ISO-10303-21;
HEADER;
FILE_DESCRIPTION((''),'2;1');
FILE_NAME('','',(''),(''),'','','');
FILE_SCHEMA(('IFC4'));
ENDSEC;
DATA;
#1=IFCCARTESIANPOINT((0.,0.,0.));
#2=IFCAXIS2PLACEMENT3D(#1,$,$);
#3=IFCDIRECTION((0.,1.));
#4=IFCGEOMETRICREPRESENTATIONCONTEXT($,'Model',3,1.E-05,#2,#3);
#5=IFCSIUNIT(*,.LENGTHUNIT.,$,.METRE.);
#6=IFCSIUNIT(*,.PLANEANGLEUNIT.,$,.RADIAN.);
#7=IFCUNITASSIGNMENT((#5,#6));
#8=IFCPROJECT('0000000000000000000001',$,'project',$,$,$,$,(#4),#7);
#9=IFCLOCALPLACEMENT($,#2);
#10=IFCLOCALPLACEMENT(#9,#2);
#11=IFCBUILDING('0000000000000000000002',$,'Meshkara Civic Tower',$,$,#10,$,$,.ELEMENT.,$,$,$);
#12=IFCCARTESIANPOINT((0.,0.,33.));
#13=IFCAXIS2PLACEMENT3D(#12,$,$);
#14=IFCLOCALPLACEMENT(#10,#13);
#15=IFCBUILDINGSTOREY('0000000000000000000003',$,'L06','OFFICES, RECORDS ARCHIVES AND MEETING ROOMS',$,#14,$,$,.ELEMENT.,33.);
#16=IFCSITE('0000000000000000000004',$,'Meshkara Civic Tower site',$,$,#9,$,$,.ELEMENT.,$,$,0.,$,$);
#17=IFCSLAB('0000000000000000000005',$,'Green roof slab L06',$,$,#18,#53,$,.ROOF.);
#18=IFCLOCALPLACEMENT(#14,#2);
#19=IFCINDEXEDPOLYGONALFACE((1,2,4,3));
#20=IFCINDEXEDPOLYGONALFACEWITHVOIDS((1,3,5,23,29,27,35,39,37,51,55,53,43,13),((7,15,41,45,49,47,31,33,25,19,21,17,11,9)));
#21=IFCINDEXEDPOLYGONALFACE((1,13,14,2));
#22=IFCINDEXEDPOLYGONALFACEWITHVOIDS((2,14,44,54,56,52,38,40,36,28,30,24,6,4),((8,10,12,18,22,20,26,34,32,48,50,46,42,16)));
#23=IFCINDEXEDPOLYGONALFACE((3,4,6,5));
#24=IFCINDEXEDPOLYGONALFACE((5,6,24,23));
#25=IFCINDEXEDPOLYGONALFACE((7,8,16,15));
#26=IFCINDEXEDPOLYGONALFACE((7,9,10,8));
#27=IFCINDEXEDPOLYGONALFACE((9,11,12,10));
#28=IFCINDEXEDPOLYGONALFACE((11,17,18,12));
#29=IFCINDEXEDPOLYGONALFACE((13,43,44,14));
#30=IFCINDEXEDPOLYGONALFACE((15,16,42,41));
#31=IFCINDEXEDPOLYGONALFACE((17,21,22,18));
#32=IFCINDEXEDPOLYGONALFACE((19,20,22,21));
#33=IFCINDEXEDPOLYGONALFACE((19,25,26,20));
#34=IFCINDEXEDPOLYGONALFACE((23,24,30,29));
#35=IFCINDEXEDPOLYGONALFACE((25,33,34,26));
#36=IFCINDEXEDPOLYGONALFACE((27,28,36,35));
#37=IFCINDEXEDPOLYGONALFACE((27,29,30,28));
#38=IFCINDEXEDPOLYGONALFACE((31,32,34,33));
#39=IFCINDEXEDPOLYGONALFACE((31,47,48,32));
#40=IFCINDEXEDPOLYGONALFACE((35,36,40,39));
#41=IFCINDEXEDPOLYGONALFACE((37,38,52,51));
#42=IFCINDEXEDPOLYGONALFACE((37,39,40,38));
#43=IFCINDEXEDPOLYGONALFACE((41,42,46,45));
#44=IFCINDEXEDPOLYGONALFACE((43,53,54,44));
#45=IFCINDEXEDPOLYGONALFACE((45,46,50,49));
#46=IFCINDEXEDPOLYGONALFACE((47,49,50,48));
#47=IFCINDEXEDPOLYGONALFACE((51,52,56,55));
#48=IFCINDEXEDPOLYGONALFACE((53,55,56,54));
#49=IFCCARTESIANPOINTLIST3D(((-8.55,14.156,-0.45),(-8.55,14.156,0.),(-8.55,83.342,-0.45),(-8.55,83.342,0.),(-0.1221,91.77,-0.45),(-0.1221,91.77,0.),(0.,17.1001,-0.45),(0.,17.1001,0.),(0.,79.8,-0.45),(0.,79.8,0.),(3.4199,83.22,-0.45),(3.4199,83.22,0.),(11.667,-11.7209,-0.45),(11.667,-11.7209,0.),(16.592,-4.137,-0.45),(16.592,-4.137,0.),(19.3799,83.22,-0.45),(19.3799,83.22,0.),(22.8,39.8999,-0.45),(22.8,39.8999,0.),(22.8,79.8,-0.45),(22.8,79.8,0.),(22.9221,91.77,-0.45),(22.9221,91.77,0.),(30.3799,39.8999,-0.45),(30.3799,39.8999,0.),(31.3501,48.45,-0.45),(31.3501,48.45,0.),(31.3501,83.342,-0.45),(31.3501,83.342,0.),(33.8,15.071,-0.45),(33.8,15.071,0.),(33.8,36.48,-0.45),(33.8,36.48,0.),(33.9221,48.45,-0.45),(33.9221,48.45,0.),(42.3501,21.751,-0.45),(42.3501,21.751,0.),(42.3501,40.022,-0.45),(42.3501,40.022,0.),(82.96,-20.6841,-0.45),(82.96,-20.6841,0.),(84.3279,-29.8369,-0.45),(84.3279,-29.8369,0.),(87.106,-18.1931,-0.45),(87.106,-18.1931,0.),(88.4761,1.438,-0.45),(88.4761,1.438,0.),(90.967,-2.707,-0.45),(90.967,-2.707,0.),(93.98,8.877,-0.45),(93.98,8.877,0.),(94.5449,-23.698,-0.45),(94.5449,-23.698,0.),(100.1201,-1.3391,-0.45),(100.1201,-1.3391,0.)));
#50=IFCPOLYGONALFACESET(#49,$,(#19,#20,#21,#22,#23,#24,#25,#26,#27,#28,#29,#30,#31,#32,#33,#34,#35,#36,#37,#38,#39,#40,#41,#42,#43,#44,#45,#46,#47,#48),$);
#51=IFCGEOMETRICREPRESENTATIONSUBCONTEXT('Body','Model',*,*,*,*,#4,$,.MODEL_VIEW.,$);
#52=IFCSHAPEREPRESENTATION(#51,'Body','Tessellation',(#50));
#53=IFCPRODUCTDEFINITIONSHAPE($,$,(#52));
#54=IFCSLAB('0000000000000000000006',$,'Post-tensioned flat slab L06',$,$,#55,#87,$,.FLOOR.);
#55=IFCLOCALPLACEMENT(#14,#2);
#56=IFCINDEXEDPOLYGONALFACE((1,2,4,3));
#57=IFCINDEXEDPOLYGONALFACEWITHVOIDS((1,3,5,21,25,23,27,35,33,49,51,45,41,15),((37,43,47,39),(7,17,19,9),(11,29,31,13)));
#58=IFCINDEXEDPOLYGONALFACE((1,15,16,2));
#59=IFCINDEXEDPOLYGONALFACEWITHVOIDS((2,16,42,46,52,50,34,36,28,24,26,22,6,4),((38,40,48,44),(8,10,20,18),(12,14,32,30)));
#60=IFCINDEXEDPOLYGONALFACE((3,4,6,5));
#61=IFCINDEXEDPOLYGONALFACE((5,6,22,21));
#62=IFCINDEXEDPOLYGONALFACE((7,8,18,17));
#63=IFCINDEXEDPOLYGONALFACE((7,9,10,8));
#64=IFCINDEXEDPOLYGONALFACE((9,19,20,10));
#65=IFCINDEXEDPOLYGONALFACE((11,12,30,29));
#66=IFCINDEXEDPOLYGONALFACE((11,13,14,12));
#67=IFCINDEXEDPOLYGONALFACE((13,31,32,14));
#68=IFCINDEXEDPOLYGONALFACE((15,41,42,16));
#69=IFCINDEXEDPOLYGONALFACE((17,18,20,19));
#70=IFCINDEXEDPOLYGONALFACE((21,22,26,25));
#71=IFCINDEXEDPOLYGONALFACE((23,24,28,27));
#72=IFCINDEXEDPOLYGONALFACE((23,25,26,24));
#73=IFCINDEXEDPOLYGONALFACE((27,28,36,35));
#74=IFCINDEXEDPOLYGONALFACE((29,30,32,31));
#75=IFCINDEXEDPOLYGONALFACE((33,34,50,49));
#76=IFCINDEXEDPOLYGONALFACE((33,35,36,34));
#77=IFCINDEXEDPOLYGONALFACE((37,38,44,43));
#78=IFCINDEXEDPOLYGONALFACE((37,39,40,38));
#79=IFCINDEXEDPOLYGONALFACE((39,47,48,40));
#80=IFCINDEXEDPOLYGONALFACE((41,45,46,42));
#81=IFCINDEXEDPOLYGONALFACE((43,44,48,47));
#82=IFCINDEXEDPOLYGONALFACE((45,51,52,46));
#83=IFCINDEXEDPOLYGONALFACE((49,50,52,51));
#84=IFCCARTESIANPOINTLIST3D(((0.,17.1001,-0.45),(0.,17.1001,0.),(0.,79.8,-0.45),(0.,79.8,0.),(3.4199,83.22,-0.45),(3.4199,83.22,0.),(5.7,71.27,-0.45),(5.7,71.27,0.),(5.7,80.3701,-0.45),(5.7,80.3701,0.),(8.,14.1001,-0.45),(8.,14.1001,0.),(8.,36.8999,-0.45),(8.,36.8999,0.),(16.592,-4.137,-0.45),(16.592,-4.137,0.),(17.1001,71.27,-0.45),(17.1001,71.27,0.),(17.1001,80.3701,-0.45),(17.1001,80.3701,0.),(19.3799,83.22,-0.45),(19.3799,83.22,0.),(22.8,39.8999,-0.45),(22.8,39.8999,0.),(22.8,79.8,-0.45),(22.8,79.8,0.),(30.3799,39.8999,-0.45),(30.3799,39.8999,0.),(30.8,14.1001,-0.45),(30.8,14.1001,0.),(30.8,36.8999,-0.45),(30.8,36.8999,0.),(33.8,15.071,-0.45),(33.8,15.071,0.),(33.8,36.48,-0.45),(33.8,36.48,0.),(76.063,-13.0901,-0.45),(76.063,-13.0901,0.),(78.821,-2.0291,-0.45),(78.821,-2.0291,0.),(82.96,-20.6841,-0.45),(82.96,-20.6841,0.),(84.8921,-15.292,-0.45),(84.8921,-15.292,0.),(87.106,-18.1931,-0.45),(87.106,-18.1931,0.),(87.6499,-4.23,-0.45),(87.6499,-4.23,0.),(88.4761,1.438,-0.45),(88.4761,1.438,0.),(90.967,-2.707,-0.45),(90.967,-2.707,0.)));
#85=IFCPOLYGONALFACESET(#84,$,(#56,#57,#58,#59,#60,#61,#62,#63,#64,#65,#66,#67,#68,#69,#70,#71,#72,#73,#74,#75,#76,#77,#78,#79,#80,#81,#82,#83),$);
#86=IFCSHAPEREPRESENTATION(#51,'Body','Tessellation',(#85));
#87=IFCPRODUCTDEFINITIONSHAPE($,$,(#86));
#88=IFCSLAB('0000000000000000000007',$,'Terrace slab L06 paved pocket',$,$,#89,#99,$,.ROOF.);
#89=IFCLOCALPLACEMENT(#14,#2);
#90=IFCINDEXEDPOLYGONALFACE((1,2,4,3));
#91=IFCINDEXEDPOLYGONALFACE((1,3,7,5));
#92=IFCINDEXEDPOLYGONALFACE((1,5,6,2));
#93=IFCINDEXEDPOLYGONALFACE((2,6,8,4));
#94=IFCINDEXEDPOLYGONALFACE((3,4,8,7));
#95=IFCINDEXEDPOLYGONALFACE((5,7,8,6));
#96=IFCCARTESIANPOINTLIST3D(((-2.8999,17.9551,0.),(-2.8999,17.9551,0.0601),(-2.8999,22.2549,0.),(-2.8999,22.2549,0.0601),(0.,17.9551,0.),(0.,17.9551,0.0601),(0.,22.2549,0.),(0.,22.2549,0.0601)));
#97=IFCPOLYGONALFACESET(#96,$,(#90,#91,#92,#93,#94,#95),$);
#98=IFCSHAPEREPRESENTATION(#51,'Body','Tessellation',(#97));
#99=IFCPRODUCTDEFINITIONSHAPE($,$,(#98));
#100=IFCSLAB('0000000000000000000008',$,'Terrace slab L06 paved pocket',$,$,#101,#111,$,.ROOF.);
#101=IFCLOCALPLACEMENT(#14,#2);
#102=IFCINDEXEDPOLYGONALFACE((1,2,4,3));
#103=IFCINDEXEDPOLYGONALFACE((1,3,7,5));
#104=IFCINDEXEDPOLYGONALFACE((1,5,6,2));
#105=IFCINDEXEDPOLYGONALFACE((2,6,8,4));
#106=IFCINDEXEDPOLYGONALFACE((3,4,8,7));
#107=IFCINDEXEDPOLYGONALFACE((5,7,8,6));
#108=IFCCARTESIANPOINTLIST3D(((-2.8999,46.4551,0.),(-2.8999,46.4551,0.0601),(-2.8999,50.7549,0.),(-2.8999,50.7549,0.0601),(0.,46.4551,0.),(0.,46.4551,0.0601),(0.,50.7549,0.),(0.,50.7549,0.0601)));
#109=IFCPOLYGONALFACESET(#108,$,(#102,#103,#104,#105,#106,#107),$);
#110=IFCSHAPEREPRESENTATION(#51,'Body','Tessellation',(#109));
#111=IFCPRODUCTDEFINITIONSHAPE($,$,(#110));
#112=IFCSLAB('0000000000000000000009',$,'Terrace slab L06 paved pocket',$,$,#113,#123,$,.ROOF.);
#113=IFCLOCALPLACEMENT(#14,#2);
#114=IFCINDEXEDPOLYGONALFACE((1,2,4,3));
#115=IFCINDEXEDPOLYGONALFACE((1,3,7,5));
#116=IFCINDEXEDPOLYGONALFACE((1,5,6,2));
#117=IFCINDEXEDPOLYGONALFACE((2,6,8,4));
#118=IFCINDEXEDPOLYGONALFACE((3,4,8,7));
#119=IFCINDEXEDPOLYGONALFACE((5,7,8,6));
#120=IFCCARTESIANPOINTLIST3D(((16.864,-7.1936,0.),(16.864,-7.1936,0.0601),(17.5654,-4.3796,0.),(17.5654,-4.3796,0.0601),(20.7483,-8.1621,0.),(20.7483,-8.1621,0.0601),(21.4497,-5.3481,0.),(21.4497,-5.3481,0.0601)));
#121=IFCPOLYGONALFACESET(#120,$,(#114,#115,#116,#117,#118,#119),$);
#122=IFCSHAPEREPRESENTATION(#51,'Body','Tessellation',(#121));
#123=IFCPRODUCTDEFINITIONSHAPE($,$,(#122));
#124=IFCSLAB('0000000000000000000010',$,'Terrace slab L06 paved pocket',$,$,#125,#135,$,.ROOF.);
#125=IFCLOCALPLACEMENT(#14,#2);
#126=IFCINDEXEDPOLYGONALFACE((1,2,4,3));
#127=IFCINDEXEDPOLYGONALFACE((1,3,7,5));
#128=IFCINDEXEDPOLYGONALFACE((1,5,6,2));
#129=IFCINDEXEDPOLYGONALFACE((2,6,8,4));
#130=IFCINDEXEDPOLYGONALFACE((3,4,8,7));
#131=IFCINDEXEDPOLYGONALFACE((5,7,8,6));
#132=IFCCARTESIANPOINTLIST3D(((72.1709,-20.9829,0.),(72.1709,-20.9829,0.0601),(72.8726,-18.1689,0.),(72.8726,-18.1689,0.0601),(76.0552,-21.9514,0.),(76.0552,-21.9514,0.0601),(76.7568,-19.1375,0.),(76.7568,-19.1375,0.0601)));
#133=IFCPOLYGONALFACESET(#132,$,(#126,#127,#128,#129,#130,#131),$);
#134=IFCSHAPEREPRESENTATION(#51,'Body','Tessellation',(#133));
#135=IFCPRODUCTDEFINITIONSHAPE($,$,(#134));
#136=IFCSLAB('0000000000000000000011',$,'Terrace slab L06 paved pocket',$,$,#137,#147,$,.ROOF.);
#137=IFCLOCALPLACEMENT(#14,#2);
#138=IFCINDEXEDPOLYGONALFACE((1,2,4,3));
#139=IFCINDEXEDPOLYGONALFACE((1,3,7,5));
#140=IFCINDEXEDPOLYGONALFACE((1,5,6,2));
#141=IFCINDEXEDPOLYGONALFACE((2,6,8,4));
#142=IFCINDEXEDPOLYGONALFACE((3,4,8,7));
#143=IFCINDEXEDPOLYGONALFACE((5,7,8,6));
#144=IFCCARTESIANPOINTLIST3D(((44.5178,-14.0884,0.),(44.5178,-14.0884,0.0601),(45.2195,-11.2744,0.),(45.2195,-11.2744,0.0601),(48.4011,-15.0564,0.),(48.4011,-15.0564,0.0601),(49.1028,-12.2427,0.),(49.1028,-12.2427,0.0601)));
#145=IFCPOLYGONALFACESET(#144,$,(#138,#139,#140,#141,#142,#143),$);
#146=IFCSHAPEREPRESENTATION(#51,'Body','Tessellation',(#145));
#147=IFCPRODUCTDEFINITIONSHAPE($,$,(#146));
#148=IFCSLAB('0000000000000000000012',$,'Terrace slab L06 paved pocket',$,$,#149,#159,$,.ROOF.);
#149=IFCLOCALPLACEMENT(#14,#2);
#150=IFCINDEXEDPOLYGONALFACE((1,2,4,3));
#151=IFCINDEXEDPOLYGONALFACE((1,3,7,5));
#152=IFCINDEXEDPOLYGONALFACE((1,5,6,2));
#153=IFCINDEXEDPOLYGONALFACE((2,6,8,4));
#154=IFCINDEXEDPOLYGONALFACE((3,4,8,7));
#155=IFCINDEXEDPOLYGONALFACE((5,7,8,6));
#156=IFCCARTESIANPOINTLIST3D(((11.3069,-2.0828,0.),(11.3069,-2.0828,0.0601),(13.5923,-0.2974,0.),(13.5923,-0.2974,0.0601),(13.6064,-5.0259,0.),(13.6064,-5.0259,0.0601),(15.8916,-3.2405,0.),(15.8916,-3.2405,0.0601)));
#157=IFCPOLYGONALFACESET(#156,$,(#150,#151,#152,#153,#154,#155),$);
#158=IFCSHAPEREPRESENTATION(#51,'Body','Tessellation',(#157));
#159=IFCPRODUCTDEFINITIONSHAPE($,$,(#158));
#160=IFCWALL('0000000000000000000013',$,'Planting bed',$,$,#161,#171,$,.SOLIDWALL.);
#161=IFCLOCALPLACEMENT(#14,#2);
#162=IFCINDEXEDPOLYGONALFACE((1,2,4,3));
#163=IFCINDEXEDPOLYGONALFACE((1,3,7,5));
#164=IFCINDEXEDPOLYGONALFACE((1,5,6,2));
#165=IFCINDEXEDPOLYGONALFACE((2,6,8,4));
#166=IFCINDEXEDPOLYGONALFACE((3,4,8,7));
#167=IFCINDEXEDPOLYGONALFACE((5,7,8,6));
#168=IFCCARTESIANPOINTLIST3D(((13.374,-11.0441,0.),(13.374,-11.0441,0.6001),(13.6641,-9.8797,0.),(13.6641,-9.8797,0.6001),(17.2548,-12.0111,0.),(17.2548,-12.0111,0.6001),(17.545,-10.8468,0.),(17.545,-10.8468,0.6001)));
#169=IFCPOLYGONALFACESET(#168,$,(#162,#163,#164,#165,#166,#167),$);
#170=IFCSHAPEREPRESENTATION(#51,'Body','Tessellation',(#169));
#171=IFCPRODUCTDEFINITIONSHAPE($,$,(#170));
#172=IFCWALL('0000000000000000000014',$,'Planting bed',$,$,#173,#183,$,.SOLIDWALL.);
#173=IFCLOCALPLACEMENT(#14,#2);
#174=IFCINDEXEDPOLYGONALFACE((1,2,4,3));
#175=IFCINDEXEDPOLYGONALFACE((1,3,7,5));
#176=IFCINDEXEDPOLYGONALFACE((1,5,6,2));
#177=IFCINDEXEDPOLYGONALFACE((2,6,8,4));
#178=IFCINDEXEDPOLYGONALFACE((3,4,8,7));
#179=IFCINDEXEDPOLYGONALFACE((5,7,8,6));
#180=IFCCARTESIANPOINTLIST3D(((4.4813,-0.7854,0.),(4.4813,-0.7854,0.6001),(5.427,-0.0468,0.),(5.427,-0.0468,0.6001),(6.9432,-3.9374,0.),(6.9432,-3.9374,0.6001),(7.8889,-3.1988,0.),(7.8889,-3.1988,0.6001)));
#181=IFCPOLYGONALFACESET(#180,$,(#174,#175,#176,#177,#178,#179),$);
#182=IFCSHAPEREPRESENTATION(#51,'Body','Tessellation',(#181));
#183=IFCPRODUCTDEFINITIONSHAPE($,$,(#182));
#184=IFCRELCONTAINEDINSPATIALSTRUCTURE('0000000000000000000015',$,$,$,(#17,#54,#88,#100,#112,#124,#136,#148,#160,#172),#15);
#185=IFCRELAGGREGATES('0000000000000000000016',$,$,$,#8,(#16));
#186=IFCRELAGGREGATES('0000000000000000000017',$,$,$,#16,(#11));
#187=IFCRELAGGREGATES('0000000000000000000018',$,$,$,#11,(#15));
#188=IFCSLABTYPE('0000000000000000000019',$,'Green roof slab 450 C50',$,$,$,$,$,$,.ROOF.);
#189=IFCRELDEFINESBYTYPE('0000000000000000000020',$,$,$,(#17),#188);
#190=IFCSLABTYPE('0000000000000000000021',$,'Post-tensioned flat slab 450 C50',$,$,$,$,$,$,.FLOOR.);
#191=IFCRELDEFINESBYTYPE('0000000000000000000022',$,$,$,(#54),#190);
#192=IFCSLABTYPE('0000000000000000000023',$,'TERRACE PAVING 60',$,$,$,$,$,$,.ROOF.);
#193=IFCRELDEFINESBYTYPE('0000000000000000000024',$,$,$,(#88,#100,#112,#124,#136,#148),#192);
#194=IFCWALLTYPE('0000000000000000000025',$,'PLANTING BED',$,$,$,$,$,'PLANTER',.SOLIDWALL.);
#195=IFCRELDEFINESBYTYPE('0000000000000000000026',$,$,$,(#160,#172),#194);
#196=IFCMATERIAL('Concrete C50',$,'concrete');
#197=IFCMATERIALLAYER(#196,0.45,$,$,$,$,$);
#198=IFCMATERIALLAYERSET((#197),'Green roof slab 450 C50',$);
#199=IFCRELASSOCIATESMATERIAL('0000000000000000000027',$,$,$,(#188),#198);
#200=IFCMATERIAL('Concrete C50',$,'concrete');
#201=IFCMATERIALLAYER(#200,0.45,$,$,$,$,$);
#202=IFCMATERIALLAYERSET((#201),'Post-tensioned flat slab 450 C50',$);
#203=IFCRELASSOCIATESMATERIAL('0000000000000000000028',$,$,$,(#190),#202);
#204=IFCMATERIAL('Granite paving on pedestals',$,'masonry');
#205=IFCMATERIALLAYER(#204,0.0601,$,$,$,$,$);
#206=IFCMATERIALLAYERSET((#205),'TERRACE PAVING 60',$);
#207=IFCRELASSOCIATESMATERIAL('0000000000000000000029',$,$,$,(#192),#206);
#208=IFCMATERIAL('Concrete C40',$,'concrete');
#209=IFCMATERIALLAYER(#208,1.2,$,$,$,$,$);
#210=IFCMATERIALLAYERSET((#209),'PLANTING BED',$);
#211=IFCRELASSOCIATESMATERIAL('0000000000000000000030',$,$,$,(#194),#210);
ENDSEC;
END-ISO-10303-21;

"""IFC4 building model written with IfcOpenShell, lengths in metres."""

from ifc_helpers import new_model, si_unit, direction, frame, frame_2d, origin, place, context, subcontext, project, spatial, polyline, rectangle, outline, extrude, material, layer, layer_set, type_object, element, save


model = new_model("IFC4")

# Units and contexts
model_context = context("Model", 3, precision=1e-05, world=origin(), true_north=direction((0.0, 1.0)))
body_context = subcontext(model_context, "Body", "Model", "MODEL_VIEW")
ifc_project = project(units=[si_unit("LENGTHUNIT", "METRE"), si_unit("PLANEANGLEUNIT", "RADIAN")], contexts=[model_context])

# Site, building, storey
site_placement = place(None, origin())
site = spatial("IfcSite", under=ifc_project, at=site_placement, Name="Meshkara Civic Tower site", CompositionType="ELEMENT", RefElevation=0.0)
building_placement = place(site_placement, origin())
building = spatial("IfcBuilding", under=site, at=building_placement, Name="Meshkara Civic Tower", CompositionType="ELEMENT")
storey_placement = place(building_placement, frame((0.0, 0.0, 33.0)))
storey = spatial("IfcBuildingStorey", under=building, at=storey_placement, Name="L06", Description="OFFICES, RECORDS ARCHIVES AND MEETING ROOMS", CompositionType="ELEMENT", Elevation=33.0)

# Slabs
ifc_material_1 = material(Name="Concrete C50", Category="concrete")
ifc_layer_1 = layer(ifc_material_1, 0.45)
ifc_layer_set_1 = layer_set([ifc_layer_1], Name="Green roof slab 450 C50")
slab_type_1 = type_object("IfcSlabType", Name="Green roof slab 450 C50", PredefinedType="ROOF", material=ifc_layer_set_1)
slab_1_placement = place(storey_placement, frame((0.0, 0.0, -0.45)))
element("IfcSlab", 1, at=slab_1_placement, inside=storey, type_object=slab_type_1, Name="Green roof slab L06", PredefinedType="ROOF", context=body_context, shape_type="SweptSolid", body=[
    extrude(outline(polyline([(33.9221, 48.45), (42.3501, 40.022), (42.3501, 21.751), (93.98, 8.877), (100.1201, -1.3391), (94.5449, -23.698), (84.3279, -29.8369), (11.667, -11.7209), (-8.55, 14.156), (-8.55, 83.342), (-0.1221, 91.77), (22.9221, 91.77), (31.3501, 83.342), (31.3501, 48.45), (33.9221, 48.45)]), holes=[polyline([(30.3799, 39.8999), (22.8, 39.8999), (22.8, 79.8), (19.3799, 83.22), (3.4199, 83.22), (0.0, 79.8), (0.0, 17.1001), (16.592, -4.137), (82.96, -20.6841), (87.106, -18.1931), (90.967, -2.707), (88.4761, 1.438), (33.8, 15.071), (33.8, 36.48), (30.3799, 39.8999)])]), origin(), (0.0, 0.0, 1.0), 0.45),
])
ifc_material_2 = material(Name="Concrete C50", Category="concrete")
ifc_layer_2 = layer(ifc_material_2, 0.45)
ifc_layer_set_2 = layer_set([ifc_layer_2], Name="Post-tensioned flat slab 450 C50")
slab_type_2 = type_object("IfcSlabType", Name="Post-tensioned flat slab 450 C50", PredefinedType="FLOOR", material=ifc_layer_set_2)
slab_2_placement = place(storey_placement, frame((0.0, 0.0, -0.45)))
element("IfcSlab", 2, at=slab_2_placement, inside=storey, type_object=slab_type_2, Name="Post-tensioned flat slab L06", PredefinedType="FLOOR", context=body_context, shape_type="SweptSolid", body=[
    extrude(outline(polyline([(87.106, -18.1931), (82.96, -20.6841), (16.592, -4.137), (0.0, 17.1001), (0.0, 79.8), (3.4199, 83.22), (19.3799, 83.22), (22.8, 79.8), (22.8, 39.8999), (30.3799, 39.8999), (33.8, 36.48), (33.8, 15.071), (88.4761, 1.438), (90.967, -2.707), (87.106, -18.1931)]), holes=[polyline([(84.8921, -15.292), (87.6499, -4.23), (78.821, -2.0291), (76.063, -13.0901), (84.8921, -15.292)]), polyline([(8.0, 14.1001), (30.8, 14.1001), (30.8, 36.8999), (8.0, 36.8999), (8.0, 14.1001)]), polyline([(5.7, 80.3701), (5.7, 71.27), (17.1001, 71.27), (17.1001, 80.3701), (5.7, 80.3701)])]), origin(), (0.0, 0.0, 1.0), 0.45),
])
ifc_material_3 = material(Name="Granite paving on pedestals", Category="masonry")
ifc_layer_3 = layer(ifc_material_3, 0.0601)
ifc_layer_set_3 = layer_set([ifc_layer_3], Name="TERRACE PAVING 60")
slab_type_3 = type_object("IfcSlabType", Name="TERRACE PAVING 60", PredefinedType="ROOF", material=ifc_layer_set_3)
slab_3_placement = place(storey_placement, origin())
element("IfcSlab", 3, at=slab_3_placement, inside=storey, type_object=slab_type_3, Name="Terrace slab L06 paved pocket", PredefinedType="ROOF", context=body_context, shape_type="SweptSolid", body=[
    extrude(outline(polyline([(-2.8999, 17.9551), (-2.8999, 22.2549), (0.0, 22.2549), (0.0, 17.9551), (-2.8999, 17.9551)])), origin(), (0.0, 0.0, 1.0), 0.0601),
])
slab_4_placement = place(storey_placement, origin())
element("IfcSlab", 4, at=slab_4_placement, inside=storey, type_object=slab_type_3, Name="Terrace slab L06 paved pocket", PredefinedType="ROOF", context=body_context, shape_type="SweptSolid", body=[
    extrude(outline(polyline([(-2.8999, 46.4551), (-2.8999, 50.7549), (0.0, 50.7549), (0.0, 46.4551), (-2.8999, 46.4551)])), origin(), (0.0, 0.0, 1.0), 0.0601),
])
slab_5_placement = place(storey_placement, origin())
element("IfcSlab", 5, at=slab_5_placement, inside=storey, type_object=slab_type_3, Name="Terrace slab L06 paved pocket", PredefinedType="ROOF", context=body_context, shape_type="SweptSolid", body=[
    extrude(outline(polyline([(20.7483, -8.1621), (16.864, -7.1936), (17.5654, -4.3796), (21.4497, -5.3481), (20.7483, -8.1621)])), origin(), (0.0, 0.0, 1.0), 0.0601),
])
slab_6_placement = place(storey_placement, origin())
element("IfcSlab", 6, at=slab_6_placement, inside=storey, type_object=slab_type_3, Name="Terrace slab L06 paved pocket", PredefinedType="ROOF", context=body_context, shape_type="SweptSolid", body=[
    extrude(outline(polyline([(76.0552, -21.9514), (72.1709, -20.9829), (72.8726, -18.1689), (76.7568, -19.1375), (76.0552, -21.9514)])), origin(), (0.0, 0.0, 1.0), 0.0601),
])
slab_7_placement = place(storey_placement, origin())
element("IfcSlab", 7, at=slab_7_placement, inside=storey, type_object=slab_type_3, Name="Terrace slab L06 paved pocket", PredefinedType="ROOF", context=body_context, shape_type="SweptSolid", body=[
    extrude(outline(polyline([(48.4011, -15.0564), (44.5178, -14.0884), (45.2195, -11.2744), (49.1028, -12.2427), (48.4011, -15.0564)])), origin(), (0.0, 0.0, 1.0), 0.0601),
])
slab_8_placement = place(storey_placement, origin())
element("IfcSlab", 8, at=slab_8_placement, inside=storey, type_object=slab_type_3, Name="Terrace slab L06 paved pocket", PredefinedType="ROOF", context=body_context, shape_type="SweptSolid", body=[
    extrude(outline(polyline([(13.6064, -5.0259), (11.3069, -2.0828), (13.5923, -0.2974), (15.8916, -3.2405), (13.6064, -5.0259)])), origin(), (0.0, 0.0, 1.0), 0.0601),
])

# Walls
ifc_material_4 = material(Name="Concrete C40", Category="concrete")
ifc_layer_4 = layer(ifc_material_4, 1.2)
ifc_layer_set_4 = layer_set([ifc_layer_4], Name="PLANTING BED")
wall_type_1 = type_object("IfcWallType", Name="PLANTING BED", ElementType="PLANTER", PredefinedType="SOLIDWALL", material=ifc_layer_set_4)
for number, where, z_axis, x_axis, name in (
    (9, (17.3999, -11.429, 0.0), (0.0, 0.0, 1.0), (-0.970329, 0.241789, 0.0), "Planting bed"),
    (10, (7.416, -3.5681, 0.0), (0.0, 0.0, 1.0), (-0.615541, 0.788105, 0.0), "Planting bed"),
):
    element("IfcWall", number, at=place(storey_placement, frame(where, z_axis=z_axis, x_axis=x_axis)), inside=storey, type_object=wall_type_1, Name=name, PredefinedType="SOLIDWALL", context=body_context, shape_type="SweptSolid", body=[
        extrude(rectangle(XDim=3.9995, YDim=1.2, at=frame_2d((1.9998, 0.0))), origin(), (0.0, 0.0, 1.0), 0.6001),
    ])

save(model, "model.ifc")
